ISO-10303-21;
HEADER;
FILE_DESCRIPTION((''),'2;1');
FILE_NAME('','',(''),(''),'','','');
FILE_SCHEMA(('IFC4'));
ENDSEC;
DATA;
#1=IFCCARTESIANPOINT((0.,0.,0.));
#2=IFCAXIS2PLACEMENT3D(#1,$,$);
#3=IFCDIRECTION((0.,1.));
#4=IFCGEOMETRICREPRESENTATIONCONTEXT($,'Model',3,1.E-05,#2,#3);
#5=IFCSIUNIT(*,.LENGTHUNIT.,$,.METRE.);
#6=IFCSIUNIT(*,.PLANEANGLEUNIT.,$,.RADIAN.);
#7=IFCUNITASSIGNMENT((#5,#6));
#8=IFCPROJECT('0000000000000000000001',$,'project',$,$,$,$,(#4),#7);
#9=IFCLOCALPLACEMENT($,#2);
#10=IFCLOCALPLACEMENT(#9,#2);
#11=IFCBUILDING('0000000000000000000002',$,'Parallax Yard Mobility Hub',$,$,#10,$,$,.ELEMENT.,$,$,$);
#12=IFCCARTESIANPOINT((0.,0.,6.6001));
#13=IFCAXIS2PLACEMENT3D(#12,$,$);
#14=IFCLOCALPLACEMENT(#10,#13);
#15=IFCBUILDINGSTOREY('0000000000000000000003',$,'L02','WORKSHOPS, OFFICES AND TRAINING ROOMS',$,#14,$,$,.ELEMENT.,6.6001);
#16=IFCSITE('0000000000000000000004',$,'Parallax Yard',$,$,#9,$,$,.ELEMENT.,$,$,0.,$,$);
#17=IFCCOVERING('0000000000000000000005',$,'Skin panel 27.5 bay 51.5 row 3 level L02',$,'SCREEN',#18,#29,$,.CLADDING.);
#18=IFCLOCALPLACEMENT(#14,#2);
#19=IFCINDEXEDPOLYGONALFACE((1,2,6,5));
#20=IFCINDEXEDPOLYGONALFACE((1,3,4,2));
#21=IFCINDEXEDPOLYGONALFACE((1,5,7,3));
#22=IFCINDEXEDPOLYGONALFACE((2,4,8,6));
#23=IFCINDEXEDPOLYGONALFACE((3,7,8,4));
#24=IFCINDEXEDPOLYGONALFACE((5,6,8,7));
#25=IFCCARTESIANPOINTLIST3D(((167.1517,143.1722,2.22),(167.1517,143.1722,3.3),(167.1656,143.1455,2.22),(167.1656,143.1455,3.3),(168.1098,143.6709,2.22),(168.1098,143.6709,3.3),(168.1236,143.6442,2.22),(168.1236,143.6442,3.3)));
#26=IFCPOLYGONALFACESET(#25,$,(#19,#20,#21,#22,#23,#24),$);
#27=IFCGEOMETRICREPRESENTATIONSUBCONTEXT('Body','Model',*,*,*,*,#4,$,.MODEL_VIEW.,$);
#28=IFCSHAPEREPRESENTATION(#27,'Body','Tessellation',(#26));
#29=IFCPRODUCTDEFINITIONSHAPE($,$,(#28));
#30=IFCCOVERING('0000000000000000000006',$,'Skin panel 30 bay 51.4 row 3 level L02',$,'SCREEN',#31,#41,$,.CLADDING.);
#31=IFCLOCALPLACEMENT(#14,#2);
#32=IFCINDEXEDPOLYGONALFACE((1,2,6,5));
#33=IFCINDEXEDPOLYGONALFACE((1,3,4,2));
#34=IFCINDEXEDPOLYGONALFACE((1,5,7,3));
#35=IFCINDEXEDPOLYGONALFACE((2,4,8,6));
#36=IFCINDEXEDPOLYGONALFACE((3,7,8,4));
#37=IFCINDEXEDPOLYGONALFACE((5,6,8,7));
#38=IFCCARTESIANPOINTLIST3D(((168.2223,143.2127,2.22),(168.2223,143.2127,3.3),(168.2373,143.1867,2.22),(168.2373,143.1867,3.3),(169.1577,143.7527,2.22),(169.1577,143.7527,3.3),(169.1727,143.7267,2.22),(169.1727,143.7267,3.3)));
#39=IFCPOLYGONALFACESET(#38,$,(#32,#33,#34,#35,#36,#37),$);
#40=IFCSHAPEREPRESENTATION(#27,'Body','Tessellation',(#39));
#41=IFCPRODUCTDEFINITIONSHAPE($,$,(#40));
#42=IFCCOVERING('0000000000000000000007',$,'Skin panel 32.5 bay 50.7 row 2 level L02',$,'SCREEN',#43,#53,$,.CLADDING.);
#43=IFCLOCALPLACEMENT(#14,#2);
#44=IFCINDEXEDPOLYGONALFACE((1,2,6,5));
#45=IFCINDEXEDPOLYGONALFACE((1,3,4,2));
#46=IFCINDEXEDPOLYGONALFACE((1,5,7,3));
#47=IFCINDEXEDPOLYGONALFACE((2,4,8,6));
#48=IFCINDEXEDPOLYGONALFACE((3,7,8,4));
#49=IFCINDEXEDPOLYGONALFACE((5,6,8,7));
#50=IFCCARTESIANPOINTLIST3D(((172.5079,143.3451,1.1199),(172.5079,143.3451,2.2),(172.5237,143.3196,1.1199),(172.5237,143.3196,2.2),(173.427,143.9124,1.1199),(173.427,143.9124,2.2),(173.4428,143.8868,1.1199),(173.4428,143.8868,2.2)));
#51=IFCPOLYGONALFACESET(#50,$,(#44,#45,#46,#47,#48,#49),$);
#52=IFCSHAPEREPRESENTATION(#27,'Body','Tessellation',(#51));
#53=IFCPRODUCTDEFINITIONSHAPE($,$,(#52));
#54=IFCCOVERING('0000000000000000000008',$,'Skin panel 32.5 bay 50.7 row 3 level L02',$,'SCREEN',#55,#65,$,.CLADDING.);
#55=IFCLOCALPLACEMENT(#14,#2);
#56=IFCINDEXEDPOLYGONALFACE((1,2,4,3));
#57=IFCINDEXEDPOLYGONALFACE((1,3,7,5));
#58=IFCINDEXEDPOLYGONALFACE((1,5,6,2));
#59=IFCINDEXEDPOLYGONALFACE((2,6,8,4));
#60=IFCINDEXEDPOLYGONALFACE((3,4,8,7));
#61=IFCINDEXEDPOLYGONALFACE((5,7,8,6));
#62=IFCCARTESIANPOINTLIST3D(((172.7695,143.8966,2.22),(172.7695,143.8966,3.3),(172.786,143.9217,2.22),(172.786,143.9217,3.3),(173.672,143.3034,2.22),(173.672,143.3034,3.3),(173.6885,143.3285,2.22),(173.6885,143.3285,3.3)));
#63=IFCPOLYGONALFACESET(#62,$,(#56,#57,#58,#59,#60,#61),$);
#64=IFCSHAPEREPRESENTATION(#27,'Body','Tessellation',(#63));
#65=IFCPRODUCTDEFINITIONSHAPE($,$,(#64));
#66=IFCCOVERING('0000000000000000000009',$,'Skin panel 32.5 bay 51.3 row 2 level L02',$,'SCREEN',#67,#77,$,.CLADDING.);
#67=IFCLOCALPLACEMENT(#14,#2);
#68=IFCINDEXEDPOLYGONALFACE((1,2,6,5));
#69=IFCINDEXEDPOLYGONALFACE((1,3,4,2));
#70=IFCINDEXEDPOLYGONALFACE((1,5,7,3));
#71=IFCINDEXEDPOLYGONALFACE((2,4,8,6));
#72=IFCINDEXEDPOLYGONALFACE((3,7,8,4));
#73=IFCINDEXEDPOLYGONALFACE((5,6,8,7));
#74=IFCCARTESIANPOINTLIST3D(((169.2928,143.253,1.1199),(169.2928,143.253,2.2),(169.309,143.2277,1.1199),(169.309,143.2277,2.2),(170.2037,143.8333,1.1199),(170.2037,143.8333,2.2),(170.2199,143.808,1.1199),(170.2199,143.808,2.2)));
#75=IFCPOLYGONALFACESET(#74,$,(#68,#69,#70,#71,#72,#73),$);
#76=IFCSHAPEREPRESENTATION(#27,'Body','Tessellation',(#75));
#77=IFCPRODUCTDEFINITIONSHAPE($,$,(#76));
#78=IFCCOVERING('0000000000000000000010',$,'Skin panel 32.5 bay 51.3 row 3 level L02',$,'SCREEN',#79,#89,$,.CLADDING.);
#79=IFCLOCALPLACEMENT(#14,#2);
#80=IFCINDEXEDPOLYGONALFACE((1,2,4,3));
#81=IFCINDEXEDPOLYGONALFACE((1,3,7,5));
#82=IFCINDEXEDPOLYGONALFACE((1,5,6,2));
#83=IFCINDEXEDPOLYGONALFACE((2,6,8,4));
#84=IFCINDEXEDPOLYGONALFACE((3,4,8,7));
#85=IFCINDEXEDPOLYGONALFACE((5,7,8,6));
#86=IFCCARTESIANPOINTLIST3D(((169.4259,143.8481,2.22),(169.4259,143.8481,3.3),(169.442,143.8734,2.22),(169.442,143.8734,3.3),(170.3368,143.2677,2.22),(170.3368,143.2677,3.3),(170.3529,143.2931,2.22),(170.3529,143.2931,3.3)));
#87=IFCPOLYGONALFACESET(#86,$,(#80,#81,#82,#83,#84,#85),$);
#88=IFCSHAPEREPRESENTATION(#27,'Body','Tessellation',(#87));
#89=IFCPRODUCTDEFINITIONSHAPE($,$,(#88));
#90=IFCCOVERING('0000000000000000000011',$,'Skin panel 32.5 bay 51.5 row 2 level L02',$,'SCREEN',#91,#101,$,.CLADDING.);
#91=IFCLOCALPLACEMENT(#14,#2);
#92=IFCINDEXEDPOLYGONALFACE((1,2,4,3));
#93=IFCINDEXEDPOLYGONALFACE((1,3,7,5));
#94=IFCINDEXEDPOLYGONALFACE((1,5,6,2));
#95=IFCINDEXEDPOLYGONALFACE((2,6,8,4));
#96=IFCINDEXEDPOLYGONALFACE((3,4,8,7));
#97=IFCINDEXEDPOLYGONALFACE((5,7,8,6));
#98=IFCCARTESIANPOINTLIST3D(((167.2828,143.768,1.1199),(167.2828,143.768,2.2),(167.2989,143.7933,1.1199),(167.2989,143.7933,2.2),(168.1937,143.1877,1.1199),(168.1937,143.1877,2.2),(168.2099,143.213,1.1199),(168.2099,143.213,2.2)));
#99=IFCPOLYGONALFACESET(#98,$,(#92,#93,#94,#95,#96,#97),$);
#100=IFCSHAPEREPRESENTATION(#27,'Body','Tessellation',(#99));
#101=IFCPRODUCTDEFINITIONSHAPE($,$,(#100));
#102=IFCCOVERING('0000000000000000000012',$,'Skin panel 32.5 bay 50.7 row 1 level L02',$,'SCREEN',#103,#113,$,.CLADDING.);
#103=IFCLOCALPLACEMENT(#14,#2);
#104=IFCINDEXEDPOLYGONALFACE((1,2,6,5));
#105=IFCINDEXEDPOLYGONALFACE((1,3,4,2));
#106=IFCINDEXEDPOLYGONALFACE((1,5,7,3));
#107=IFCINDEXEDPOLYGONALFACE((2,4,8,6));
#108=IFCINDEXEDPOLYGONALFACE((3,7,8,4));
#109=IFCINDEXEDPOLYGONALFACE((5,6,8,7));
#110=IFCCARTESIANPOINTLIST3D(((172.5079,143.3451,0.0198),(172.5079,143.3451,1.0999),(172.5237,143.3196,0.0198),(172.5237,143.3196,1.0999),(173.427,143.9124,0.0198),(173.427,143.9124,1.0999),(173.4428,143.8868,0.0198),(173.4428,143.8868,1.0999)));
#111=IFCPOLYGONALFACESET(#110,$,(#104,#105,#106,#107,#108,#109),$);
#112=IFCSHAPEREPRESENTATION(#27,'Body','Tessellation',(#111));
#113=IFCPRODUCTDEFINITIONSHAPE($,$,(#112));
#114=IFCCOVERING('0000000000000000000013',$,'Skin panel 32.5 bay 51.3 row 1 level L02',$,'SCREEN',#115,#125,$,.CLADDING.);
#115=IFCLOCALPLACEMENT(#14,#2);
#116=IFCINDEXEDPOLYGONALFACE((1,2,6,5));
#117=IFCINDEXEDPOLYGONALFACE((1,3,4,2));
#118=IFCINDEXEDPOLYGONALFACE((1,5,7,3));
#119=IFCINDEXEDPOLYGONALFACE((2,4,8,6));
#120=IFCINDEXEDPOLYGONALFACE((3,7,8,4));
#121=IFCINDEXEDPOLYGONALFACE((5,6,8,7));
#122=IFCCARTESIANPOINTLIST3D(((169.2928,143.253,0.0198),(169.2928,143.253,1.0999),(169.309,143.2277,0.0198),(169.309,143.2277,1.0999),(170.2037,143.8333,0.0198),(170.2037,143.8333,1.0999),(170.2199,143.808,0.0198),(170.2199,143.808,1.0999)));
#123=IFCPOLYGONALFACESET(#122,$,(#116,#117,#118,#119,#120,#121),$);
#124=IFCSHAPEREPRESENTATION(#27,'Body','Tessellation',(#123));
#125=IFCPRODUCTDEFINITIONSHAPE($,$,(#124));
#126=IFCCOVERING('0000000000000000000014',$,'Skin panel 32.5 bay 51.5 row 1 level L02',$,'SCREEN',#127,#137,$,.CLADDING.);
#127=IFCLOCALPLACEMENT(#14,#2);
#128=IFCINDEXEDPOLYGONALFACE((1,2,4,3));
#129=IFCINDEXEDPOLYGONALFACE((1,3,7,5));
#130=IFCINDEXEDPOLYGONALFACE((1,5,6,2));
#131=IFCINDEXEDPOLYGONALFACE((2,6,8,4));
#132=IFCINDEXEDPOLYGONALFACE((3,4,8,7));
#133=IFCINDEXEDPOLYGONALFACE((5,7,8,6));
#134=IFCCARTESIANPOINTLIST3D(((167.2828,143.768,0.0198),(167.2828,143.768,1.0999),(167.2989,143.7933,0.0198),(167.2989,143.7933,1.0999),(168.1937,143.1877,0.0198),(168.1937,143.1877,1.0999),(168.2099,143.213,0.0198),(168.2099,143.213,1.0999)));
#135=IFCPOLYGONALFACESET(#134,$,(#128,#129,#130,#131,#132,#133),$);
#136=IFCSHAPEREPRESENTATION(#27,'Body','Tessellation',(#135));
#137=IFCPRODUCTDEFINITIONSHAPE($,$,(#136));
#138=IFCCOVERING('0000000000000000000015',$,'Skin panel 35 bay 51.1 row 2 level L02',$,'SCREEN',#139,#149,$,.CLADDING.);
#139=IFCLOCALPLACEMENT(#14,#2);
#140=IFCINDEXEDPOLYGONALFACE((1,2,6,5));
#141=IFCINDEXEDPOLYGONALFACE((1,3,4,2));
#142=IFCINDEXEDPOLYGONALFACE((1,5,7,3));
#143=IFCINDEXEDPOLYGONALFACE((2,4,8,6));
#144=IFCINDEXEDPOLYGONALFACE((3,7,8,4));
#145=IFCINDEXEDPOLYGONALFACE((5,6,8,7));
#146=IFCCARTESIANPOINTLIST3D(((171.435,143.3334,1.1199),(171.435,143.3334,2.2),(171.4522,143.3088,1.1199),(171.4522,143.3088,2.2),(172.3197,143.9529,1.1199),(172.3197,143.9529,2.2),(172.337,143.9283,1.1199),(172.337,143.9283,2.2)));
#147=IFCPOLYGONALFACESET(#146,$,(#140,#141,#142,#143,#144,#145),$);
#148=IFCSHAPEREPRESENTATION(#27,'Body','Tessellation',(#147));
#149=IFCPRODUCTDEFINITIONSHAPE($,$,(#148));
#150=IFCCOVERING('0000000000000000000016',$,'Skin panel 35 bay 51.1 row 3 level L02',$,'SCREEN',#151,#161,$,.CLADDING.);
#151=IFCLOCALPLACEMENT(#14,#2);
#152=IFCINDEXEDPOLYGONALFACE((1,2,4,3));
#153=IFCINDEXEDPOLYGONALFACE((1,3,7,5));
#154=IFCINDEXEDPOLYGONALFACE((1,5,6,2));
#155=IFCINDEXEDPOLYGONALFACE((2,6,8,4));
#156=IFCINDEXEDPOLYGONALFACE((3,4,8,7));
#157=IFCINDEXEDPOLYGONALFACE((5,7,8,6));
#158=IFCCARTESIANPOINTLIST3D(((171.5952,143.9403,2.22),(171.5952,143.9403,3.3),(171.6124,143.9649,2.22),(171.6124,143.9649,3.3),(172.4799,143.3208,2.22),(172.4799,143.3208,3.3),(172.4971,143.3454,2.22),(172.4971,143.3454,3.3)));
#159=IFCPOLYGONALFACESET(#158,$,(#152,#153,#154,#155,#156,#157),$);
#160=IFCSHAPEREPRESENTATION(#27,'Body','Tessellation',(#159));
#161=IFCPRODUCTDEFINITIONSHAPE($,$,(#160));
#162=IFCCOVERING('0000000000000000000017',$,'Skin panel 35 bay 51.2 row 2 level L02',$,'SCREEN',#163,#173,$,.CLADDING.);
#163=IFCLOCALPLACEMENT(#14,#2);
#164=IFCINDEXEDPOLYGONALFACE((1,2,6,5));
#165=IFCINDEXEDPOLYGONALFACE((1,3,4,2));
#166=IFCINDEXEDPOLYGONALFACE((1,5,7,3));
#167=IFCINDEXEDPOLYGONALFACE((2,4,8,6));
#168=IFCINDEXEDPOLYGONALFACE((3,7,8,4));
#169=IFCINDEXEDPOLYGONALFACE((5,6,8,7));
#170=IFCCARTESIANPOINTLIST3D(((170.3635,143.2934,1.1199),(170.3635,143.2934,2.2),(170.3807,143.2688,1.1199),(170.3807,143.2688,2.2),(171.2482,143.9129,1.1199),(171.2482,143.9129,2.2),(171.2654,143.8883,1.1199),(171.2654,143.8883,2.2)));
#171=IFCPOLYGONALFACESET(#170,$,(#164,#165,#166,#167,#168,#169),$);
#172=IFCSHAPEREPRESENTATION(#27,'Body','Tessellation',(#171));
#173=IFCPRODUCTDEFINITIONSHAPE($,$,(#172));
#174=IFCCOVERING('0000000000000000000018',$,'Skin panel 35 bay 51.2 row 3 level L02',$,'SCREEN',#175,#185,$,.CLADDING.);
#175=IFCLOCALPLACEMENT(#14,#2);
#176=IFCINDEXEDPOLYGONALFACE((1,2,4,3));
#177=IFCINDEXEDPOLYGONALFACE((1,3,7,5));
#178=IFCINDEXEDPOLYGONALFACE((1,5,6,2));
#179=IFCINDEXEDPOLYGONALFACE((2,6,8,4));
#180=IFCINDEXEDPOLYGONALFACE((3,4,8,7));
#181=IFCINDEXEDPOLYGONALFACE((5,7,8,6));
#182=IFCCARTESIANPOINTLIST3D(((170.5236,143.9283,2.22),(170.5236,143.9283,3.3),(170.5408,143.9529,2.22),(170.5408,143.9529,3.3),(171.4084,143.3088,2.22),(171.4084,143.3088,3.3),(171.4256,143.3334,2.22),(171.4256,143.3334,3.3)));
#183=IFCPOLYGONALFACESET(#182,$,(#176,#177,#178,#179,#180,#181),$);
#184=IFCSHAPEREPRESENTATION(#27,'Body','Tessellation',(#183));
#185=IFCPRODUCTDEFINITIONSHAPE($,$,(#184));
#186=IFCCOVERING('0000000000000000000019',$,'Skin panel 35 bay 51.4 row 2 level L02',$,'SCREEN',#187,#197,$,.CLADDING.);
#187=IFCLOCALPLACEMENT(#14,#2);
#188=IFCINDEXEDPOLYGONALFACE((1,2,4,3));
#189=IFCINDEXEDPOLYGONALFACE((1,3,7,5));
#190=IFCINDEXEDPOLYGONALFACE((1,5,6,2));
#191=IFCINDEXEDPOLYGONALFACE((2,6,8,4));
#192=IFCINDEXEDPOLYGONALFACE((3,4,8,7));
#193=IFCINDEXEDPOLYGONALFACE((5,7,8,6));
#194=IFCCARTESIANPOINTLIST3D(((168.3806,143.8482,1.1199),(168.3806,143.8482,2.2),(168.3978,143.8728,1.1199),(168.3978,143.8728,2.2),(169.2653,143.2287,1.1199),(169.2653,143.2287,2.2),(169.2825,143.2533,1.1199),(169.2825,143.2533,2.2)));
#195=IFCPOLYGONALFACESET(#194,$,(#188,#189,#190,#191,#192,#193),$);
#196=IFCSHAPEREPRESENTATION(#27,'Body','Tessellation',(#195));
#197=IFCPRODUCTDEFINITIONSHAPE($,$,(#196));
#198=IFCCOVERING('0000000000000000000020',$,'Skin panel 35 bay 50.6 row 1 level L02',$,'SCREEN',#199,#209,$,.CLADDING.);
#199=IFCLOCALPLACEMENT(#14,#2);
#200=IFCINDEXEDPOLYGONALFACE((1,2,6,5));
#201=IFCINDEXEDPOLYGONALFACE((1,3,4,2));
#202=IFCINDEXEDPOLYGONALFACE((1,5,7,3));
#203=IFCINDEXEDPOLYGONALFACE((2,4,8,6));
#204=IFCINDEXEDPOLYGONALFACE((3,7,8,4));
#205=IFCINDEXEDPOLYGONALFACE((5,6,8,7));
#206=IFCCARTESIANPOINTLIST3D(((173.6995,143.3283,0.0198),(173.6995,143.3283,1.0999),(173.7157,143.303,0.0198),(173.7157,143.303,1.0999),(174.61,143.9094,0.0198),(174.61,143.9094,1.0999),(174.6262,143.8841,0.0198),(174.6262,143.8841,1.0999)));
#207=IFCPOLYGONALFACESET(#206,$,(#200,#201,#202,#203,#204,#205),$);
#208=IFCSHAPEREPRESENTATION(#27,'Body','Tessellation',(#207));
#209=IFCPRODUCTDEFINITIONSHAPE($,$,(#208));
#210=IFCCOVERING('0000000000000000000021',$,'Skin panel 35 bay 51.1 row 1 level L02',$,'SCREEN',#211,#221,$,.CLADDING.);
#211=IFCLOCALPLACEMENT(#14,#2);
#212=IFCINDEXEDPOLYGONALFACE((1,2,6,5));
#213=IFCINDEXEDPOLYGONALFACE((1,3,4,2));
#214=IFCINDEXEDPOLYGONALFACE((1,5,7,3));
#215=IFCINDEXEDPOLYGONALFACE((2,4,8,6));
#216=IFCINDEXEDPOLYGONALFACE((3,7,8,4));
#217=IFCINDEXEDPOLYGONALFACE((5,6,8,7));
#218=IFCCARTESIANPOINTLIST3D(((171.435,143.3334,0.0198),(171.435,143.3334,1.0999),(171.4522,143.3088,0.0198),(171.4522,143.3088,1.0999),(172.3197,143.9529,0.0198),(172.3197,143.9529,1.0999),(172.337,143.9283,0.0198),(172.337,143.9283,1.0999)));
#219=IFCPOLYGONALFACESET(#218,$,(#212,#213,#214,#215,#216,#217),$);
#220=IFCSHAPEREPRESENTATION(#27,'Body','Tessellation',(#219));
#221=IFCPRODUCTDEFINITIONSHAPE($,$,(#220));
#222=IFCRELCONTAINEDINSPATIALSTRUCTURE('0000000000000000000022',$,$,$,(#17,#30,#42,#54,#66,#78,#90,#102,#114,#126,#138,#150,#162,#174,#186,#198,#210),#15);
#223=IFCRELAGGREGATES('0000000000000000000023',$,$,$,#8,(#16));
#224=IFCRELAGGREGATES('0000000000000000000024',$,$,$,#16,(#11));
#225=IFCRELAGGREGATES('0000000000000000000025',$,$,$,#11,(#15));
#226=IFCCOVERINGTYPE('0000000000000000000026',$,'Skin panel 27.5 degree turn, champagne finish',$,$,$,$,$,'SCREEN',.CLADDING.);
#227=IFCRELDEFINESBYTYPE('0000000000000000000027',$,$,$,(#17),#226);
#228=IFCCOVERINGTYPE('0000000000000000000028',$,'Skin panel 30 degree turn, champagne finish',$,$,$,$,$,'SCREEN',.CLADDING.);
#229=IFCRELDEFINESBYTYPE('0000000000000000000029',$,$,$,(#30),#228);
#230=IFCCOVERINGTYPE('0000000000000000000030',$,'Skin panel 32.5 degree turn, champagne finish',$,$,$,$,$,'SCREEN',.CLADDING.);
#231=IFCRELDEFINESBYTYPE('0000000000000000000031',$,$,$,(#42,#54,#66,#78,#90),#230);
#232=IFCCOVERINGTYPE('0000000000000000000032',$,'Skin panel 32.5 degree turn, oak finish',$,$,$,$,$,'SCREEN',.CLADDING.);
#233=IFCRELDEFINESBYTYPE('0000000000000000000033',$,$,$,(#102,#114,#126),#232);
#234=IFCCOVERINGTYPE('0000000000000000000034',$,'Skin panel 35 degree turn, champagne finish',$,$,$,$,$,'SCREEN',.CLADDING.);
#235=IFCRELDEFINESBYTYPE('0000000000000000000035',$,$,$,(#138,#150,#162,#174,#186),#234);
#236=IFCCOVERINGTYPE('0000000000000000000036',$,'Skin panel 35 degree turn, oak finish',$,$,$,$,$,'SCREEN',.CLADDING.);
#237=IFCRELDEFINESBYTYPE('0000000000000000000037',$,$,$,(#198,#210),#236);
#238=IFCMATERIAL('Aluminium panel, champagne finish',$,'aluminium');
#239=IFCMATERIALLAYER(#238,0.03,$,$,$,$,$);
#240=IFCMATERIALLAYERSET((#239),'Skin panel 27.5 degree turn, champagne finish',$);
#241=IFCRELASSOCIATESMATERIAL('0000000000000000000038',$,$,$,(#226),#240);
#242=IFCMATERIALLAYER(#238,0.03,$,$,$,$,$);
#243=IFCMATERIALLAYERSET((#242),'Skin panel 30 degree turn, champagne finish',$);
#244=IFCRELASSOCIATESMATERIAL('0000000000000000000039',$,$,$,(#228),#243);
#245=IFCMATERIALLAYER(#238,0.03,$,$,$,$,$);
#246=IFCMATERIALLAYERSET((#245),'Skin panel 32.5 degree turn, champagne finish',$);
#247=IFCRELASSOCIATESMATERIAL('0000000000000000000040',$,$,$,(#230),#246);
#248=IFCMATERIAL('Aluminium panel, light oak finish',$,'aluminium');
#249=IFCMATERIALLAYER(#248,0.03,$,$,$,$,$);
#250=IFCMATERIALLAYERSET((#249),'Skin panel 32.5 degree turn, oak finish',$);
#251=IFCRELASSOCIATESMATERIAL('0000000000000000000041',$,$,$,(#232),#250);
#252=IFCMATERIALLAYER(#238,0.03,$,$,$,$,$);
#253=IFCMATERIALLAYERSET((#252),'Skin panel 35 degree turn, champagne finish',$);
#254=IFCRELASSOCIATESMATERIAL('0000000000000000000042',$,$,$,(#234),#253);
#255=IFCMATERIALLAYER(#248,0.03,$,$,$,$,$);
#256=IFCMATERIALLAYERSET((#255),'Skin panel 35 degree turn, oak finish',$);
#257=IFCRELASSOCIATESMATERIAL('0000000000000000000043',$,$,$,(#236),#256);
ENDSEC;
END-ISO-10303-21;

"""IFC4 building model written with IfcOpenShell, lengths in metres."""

from ifc_helpers import new_model, si_unit, direction, frame, origin, origin_2d, place, context, subcontext, project, spatial, rectangle, extrude, material, layer, layer_set, type_object, element, save


model = new_model("IFC4")

# Units and contexts
model_context = context("Model", 3, precision=1e-05, world=origin(), true_north=direction((0.0, 1.0)))
body_context = subcontext(model_context, "Body", "Model", "MODEL_VIEW")
ifc_project = project(units=[si_unit("LENGTHUNIT", "METRE"), si_unit("PLANEANGLEUNIT", "RADIAN")], contexts=[model_context])

# Site, building, storey
site_placement = place(None, origin())
site = spatial("IfcSite", under=ifc_project, at=site_placement, Name="Parallax Yard", CompositionType="ELEMENT", RefElevation=0.0)
building_placement = place(site_placement, origin())
building = spatial("IfcBuilding", under=site, at=building_placement, Name="Parallax Yard Mobility Hub", CompositionType="ELEMENT")
storey_placement = place(building_placement, frame((0.0, 0.0, 6.6001)))
storey = spatial("IfcBuildingStorey", under=building, at=storey_placement, Name="L02", Description="WORKSHOPS, OFFICES AND TRAINING ROOMS", CompositionType="ELEMENT", Elevation=6.6001)

# Coverings
ifc_material_1 = material(Name="Aluminium panel, champagne finish", Category="aluminium")
ifc_layer_1 = layer(ifc_material_1, 0.03)
ifc_layer_set_1 = layer_set([ifc_layer_1], Name="Skin panel 27.5 degree turn, champagne finish")
covering_type_1 = type_object("IfcCoveringType", Name="Skin panel 27.5 degree turn, champagne finish", ElementType="SCREEN", PredefinedType="CLADDING", material=ifc_layer_set_1)
covering_1_placement = place(storey_placement, frame((167.6377, 143.4082, 2.22), z_axis=(0.0, 0.0, 1.0), x_axis=(0.887011, 0.461749, 0.0)))
element("IfcCovering", 1, at=covering_1_placement, inside=storey, type_object=covering_type_1, Name="Skin panel 27.5 bay 51.5 row 3 level L02", ObjectType="SCREEN", PredefinedType="CLADDING", context=body_context, shape_type="SweptSolid", body=[
    extrude(rectangle(XDim=1.0801, YDim=0.03, at=origin_2d()), origin(), (0.0, 0.0, 1.0), 1.0801),
])
ifc_layer_2 = layer(ifc_material_1, 0.03)
ifc_layer_set_2 = layer_set([ifc_layer_2], Name="Skin panel 30 degree turn, champagne finish")
covering_type_2 = type_object("IfcCoveringType", Name="Skin panel 30 degree turn, champagne finish", ElementType="SCREEN", PredefinedType="CLADDING", material=ifc_layer_set_2)
covering_2_placement = place(storey_placement, frame((168.6975, 143.4697, 2.22), z_axis=(0.0, 0.0, 1.0), x_axis=(0.866025, 0.5, 0.0)))
element("IfcCovering", 2, at=covering_2_placement, inside=storey, type_object=covering_type_2, Name="Skin panel 30 bay 51.4 row 3 level L02", ObjectType="SCREEN", PredefinedType="CLADDING", context=body_context, shape_type="SweptSolid", body=[
    extrude(rectangle(XDim=1.0801, YDim=0.03, at=origin_2d()), origin(), (0.0, 0.0, 1.0), 1.0801),
])
ifc_layer_3 = layer(ifc_material_1, 0.03)
ifc_layer_set_3 = layer_set([ifc_layer_3], Name="Skin panel 32.5 degree turn, champagne finish")
covering_type_3 = type_object("IfcCoveringType", Name="Skin panel 32.5 degree turn, champagne finish", ElementType="SCREEN", PredefinedType="CLADDING", material=ifc_layer_set_3)
for number, where, z_axis, x_axis, name in (
    (3, (172.9753, 143.616, 1.1199), (0.0, 0.0, 1.0), (0.850978, 0.525201, 0.0), "Skin panel 32.5 bay 50.7 row 2 level L02"),
    (4, (173.229, 143.6125, 2.22), (0.0, 0.0, 1.0), (-0.835633, 0.549288, 0.0), "Skin panel 32.5 bay 50.7 row 3 level L02"),
    (5, (169.7563, 143.5305, 1.1199), (0.0, 0.0, 1.0), (0.843391, 0.5373, 0.0), "Skin panel 32.5 bay 51.3 row 2 level L02"),
    (6, (169.8894, 143.5706, 2.22), (0.0, 0.0, 1.0), (-0.843391, 0.5373, 0.0), "Skin panel 32.5 bay 51.3 row 3 level L02"),
    (7, (167.7463, 143.4905, 1.1199), (0.0, 0.0, 1.0), (-0.843391, 0.5373, 0.0), "Skin panel 32.5 bay 51.5 row 2 level L02"),
):
    element("IfcCovering", number, at=place(storey_placement, frame(where, z_axis=z_axis, x_axis=x_axis)), inside=storey, type_object=covering_type_3, Name=name, ObjectType="SCREEN", PredefinedType="CLADDING", context=body_context, shape_type="SweptSolid", body=[
        extrude(rectangle(XDim=1.0801, YDim=0.03, at=origin_2d()), origin(), (0.0, 0.0, 1.0), 1.0801),
    ])
ifc_material_2 = material(Name="Aluminium panel, light oak finish", Category="aluminium")
ifc_layer_4 = layer(ifc_material_2, 0.03)
ifc_layer_set_4 = layer_set([ifc_layer_4], Name="Skin panel 32.5 degree turn, oak finish")
covering_type_4 = type_object("IfcCoveringType", Name="Skin panel 32.5 degree turn, oak finish", ElementType="SCREEN", PredefinedType="CLADDING", material=ifc_layer_set_4)
for number, where, z_axis, x_axis, name in (
    (8, (172.9753, 143.616, 0.0198), (0.0, 0.0, 1.0), (0.850978, 0.525201, 0.0), "Skin panel 32.5 bay 50.7 row 1 level L02"),
    (9, (169.7563, 143.5305, 0.0198), (0.0, 0.0, 1.0), (0.843391, 0.5373, 0.0), "Skin panel 32.5 bay 51.3 row 1 level L02"),
    (10, (167.7463, 143.4905, 0.0198), (0.0, 0.0, 1.0), (-0.843391, 0.5373, 0.0), "Skin panel 32.5 bay 51.5 row 1 level L02"),
):
    element("IfcCovering", number, at=place(storey_placement, frame(where, z_axis=z_axis, x_axis=x_axis)), inside=storey, type_object=covering_type_4, Name=name, ObjectType="SCREEN", PredefinedType="CLADDING", context=body_context, shape_type="SweptSolid", body=[
        extrude(rectangle(XDim=1.0801, YDim=0.03, at=origin_2d()), origin(), (0.0, 0.0, 1.0), 1.0801),
    ])
ifc_layer_5 = layer(ifc_material_1, 0.03)
ifc_layer_set_5 = layer_set([ifc_layer_5], Name="Skin panel 35 degree turn, champagne finish")
covering_type_5 = type_object("IfcCoveringType", Name="Skin panel 35 degree turn, champagne finish", ElementType="SCREEN", PredefinedType="CLADDING", material=ifc_layer_set_5)
for number, where, z_axis, x_axis, name in (
    (11, (171.886, 143.6309, 1.1199), (0.0, 0.0, 1.0), (0.819152, 0.573576, 0.0), "Skin panel 35 bay 51.1 row 2 level L02"),
    (12, (172.0461, 143.6428, 2.22), (0.0, 0.0, 1.0), (-0.819152, 0.573576, 0.0), "Skin panel 35 bay 51.1 row 3 level L02"),
    (13, (170.8145, 143.5908, 1.1199), (0.0, 0.0, 1.0), (0.819152, 0.573576, 0.0), "Skin panel 35 bay 51.2 row 2 level L02"),
    (14, (170.9746, 143.6309, 2.22), (0.0, 0.0, 1.0), (-0.819152, 0.573576, 0.0), "Skin panel 35 bay 51.2 row 3 level L02"),
    (15, (168.8315, 143.5508, 1.1199), (0.0, 0.0, 1.0), (-0.819152, 0.573576, 0.0), "Skin panel 35 bay 51.4 row 2 level L02"),
):
    element("IfcCovering", number, at=place(storey_placement, frame(where, z_axis=z_axis, x_axis=x_axis)), inside=storey, type_object=covering_type_5, Name=name, ObjectType="SCREEN", PredefinedType="CLADDING", context=body_context, shape_type="SweptSolid", body=[
        extrude(rectangle(XDim=1.0801, YDim=0.03, at=origin_2d()), origin(), (0.0, 0.0, 1.0), 1.0801),
    ])
ifc_layer_6 = layer(ifc_material_2, 0.03)
ifc_layer_set_6 = layer_set([ifc_layer_6], Name="Skin panel 35 degree turn, oak finish")
covering_type_6 = type_object("IfcCoveringType", Name="Skin panel 35 degree turn, oak finish", ElementType="SCREEN", PredefinedType="CLADDING", material=ifc_layer_set_6)
for number, where, z_axis, x_axis, name in (
    (16, (174.1628, 143.6062, 0.0198), (0.0, 0.0, 1.0), (0.842964, 0.537969, 0.0), "Skin panel 35 bay 50.6 row 1 level L02"),
    (17, (171.886, 143.6309, 0.0198), (0.0, 0.0, 1.0), (0.819152, 0.573576, 0.0), "Skin panel 35 bay 51.1 row 1 level L02"),
):
    element("IfcCovering", number, at=place(storey_placement, frame(where, z_axis=z_axis, x_axis=x_axis)), inside=storey, type_object=covering_type_6, Name=name, ObjectType="SCREEN", PredefinedType="CLADDING", context=body_context, shape_type="SweptSolid", body=[
        extrude(rectangle(XDim=1.0801, YDim=0.03, at=origin_2d()), origin(), (0.0, 0.0, 1.0), 1.0801),
    ])

save(model, "model.ifc")
